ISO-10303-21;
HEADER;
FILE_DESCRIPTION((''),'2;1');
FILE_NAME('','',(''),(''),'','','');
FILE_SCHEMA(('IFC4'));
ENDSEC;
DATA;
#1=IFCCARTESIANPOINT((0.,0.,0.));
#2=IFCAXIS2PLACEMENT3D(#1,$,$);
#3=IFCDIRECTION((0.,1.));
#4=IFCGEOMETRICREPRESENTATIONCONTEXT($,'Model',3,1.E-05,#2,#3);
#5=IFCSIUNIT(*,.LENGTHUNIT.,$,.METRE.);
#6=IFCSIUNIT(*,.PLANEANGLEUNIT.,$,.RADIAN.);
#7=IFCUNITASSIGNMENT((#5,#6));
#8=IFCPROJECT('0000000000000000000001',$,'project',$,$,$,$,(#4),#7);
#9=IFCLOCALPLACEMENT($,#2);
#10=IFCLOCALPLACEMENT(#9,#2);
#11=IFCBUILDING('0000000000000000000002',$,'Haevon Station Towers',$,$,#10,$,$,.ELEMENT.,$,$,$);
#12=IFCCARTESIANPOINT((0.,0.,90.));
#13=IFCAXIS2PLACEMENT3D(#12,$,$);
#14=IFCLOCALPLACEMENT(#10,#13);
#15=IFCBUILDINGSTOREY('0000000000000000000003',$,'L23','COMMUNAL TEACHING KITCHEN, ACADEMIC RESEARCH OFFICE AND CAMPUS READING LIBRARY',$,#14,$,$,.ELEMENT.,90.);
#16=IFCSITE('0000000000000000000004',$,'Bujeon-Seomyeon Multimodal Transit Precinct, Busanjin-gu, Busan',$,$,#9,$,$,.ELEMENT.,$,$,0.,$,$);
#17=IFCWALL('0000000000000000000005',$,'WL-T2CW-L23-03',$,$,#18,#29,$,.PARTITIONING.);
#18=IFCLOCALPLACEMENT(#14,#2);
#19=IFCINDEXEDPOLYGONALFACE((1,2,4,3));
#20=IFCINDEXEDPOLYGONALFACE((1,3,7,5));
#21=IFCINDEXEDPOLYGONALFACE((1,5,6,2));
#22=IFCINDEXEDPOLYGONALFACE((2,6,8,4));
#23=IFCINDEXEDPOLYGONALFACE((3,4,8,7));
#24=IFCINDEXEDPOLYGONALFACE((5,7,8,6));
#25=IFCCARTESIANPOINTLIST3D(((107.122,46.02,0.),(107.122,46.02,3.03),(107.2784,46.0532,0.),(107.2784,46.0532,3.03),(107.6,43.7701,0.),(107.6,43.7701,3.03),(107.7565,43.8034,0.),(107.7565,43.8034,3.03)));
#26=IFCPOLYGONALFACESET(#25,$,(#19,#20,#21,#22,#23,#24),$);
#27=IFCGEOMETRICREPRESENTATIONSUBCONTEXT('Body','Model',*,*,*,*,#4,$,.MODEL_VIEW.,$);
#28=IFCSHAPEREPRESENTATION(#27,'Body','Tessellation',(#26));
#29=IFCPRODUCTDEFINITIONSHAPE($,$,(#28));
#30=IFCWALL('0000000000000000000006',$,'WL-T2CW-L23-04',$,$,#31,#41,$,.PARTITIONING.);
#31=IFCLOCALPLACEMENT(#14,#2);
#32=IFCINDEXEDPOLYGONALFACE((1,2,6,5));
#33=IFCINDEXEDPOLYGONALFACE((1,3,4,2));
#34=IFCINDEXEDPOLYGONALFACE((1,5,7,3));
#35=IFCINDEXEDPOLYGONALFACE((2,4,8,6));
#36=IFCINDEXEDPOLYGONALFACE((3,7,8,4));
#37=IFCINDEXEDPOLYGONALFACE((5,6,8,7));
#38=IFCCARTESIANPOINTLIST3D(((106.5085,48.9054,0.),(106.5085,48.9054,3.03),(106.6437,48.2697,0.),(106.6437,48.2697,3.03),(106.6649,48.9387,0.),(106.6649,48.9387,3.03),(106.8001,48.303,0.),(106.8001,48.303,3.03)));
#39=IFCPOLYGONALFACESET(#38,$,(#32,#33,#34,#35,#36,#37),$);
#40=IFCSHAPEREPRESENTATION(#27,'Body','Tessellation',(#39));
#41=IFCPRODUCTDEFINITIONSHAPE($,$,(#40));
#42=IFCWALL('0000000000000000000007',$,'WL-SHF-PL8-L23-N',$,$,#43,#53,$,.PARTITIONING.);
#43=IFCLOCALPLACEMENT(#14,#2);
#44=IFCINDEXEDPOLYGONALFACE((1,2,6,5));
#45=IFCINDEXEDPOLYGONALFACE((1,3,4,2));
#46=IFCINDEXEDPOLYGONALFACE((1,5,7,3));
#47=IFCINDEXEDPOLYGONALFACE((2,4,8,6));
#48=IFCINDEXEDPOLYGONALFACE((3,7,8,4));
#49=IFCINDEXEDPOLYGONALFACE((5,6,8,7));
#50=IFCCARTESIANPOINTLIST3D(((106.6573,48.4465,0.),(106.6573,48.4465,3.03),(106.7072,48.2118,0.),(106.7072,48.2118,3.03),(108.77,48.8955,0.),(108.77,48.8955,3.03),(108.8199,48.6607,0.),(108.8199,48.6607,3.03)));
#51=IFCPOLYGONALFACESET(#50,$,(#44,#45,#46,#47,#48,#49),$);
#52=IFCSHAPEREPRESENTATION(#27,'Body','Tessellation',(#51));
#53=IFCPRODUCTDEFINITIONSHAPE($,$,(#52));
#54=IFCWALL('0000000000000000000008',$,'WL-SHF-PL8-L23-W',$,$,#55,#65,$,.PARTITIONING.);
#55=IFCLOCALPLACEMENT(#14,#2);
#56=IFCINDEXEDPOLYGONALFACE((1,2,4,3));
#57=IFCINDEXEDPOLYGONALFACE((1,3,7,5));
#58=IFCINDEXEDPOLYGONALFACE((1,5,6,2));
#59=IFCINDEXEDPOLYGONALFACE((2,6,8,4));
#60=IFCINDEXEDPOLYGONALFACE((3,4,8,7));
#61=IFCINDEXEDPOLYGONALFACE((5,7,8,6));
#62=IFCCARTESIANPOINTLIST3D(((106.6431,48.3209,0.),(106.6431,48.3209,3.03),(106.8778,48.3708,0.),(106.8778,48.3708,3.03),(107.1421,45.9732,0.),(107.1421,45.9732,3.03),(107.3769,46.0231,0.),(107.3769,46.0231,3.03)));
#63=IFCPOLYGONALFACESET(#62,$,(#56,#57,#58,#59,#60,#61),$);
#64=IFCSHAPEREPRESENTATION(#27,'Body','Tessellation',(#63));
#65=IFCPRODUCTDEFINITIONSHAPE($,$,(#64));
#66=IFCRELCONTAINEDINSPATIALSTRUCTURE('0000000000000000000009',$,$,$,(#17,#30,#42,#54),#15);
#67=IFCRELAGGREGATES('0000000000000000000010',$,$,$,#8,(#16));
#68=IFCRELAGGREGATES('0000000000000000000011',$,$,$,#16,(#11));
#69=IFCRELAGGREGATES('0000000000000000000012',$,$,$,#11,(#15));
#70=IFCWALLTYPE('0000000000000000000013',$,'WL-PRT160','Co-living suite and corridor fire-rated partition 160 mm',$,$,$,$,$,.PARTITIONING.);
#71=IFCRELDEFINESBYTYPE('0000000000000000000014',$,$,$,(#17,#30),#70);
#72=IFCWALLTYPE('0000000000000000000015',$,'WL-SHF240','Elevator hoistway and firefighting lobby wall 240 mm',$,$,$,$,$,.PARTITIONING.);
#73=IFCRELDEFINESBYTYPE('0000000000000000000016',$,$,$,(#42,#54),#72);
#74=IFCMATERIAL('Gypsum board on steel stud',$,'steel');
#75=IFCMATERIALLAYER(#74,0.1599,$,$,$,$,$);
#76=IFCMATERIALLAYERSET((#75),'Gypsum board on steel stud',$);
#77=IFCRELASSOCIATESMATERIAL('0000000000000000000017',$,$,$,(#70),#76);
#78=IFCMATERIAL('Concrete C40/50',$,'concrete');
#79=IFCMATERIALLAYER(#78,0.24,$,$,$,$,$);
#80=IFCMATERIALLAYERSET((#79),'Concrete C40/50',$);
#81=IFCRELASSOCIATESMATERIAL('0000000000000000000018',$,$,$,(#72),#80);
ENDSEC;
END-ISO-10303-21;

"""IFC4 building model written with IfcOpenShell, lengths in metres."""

from ifc_helpers import new_model, si_unit, direction, frame, frame_2d, origin, place, context, subcontext, project, spatial, rectangle, extrude, material, layer, layer_set, type_object, element, save


model = new_model("IFC4")

# Units and contexts
model_context = context("Model", 3, precision=1e-05, world=origin(), true_north=direction((0.0, 1.0)))
body_context = subcontext(model_context, "Body", "Model", "MODEL_VIEW")
ifc_project = project(units=[si_unit("LENGTHUNIT", "METRE"), si_unit("PLANEANGLEUNIT", "RADIAN")], contexts=[model_context])

# Site, building, storey
site_placement = place(None, origin())
site = spatial("IfcSite", under=ifc_project, at=site_placement, Name="Bujeon-Seomyeon Multimodal Transit Precinct, Busanjin-gu, Busan", CompositionType="ELEMENT", RefElevation=0.0)
building_placement = place(site_placement, origin())
building = spatial("IfcBuilding", under=site, at=building_placement, Name="Haevon Station Towers", CompositionType="ELEMENT")
storey_placement = place(building_placement, frame((0.0, 0.0, 90.0)))
storey = spatial("IfcBuildingStorey", under=building, at=storey_placement, Name="L23", Description="COMMUNAL TEACHING KITCHEN, ACADEMIC RESEARCH OFFICE AND CAMPUS READING LIBRARY", CompositionType="ELEMENT", Elevation=90.0)

# Shared definitions
ifc_material_1 = material(Name="Gypsum board on steel stud", Category="steel")

# Shared definitions
ifc_layer_1 = layer(ifc_material_1, 0.1599)
ifc_layer_set_1 = layer_set([ifc_layer_1], Name="Gypsum board on steel stud")
wall_type_1 = type_object("IfcWallType", Name="WL-PRT160", Description="Co-living suite and corridor fire-rated partition 160 mm", PredefinedType="PARTITIONING", material=ifc_layer_set_1)

# Walls
wall_1_placement = place(storey_placement, frame((107.6782, 43.7869, 0.0), z_axis=(0.0, 0.0, 1.0), x_axis=(-0.20784, 0.978163, 0.0)))
element("IfcWall", 1, at=wall_1_placement, inside=storey, type_object=wall_type_1, Name="WL-T2CW-L23-03", PredefinedType="PARTITIONING", context=body_context, shape_type="SweptSolid", body=[
    extrude(rectangle(XDim=2.3, YDim=0.1599, at=frame_2d((1.1499, 0.0))), origin(), (0.0, 0.0, 1.0), 3.03),
])
wall_2_placement = place(storey_placement, frame((106.7219, 48.2864, 0.0), z_axis=(0.0, 0.0, 1.0), x_axis=(-0.208092, 0.978109, 0.0)))
element("IfcWall", 2, at=wall_2_placement, inside=storey, type_object=wall_type_1, Name="WL-T2CW-L23-04", PredefinedType="PARTITIONING", context=body_context, shape_type="SweptSolid", body=[
    extrude(rectangle(XDim=0.6499, YDim=0.1599, at=frame_2d((0.325, 0.0))), origin(), (0.0, 0.0, 1.0), 3.03),
])

# Shared definitions
ifc_material_2 = material(Name="Concrete C40/50", Category="concrete")
ifc_layer_2 = layer(ifc_material_2, 0.24)
ifc_layer_set_2 = layer_set([ifc_layer_2], Name="Concrete C40/50")
wall_type_2 = type_object("IfcWallType", Name="WL-SHF240", Description="Elevator hoistway and firefighting lobby wall 240 mm", PredefinedType="PARTITIONING", material=ifc_layer_set_2)

# Walls
wall_3_placement = place(storey_placement, frame((106.6821, 48.3291, 0.0), z_axis=(0.0, 0.0, 1.0), x_axis=(0.978158, 0.207861, 0.0)))
element("IfcWall", 3, at=wall_3_placement, inside=storey, type_object=wall_type_2, Name="WL-SHF-PL8-L23-N", PredefinedType="PARTITIONING", context=body_context, shape_type="SweptSolid", body=[
    extrude(rectangle(XDim=2.1599, YDim=0.24, at=frame_2d((1.0801, 0.0))), origin(), (0.0, 0.0, 1.0), 3.03),
])
wall_4_placement = place(storey_placement, frame((107.2595, 45.998, 0.0), z_axis=(0.0, 0.0, 1.0), x_axis=(-0.207917, 0.978146, 0.0)))
element("IfcWall", 4, at=wall_4_placement, inside=storey, type_object=wall_type_2, Name="WL-SHF-PL8-L23-W", PredefinedType="PARTITIONING", context=body_context, shape_type="SweptSolid", body=[
    extrude(rectangle(XDim=2.4001, YDim=0.24, at=frame_2d((1.2002, 0.0))), origin(), (0.0, 0.0, 1.0), 3.03),
])

save(model, "model.ifc")
